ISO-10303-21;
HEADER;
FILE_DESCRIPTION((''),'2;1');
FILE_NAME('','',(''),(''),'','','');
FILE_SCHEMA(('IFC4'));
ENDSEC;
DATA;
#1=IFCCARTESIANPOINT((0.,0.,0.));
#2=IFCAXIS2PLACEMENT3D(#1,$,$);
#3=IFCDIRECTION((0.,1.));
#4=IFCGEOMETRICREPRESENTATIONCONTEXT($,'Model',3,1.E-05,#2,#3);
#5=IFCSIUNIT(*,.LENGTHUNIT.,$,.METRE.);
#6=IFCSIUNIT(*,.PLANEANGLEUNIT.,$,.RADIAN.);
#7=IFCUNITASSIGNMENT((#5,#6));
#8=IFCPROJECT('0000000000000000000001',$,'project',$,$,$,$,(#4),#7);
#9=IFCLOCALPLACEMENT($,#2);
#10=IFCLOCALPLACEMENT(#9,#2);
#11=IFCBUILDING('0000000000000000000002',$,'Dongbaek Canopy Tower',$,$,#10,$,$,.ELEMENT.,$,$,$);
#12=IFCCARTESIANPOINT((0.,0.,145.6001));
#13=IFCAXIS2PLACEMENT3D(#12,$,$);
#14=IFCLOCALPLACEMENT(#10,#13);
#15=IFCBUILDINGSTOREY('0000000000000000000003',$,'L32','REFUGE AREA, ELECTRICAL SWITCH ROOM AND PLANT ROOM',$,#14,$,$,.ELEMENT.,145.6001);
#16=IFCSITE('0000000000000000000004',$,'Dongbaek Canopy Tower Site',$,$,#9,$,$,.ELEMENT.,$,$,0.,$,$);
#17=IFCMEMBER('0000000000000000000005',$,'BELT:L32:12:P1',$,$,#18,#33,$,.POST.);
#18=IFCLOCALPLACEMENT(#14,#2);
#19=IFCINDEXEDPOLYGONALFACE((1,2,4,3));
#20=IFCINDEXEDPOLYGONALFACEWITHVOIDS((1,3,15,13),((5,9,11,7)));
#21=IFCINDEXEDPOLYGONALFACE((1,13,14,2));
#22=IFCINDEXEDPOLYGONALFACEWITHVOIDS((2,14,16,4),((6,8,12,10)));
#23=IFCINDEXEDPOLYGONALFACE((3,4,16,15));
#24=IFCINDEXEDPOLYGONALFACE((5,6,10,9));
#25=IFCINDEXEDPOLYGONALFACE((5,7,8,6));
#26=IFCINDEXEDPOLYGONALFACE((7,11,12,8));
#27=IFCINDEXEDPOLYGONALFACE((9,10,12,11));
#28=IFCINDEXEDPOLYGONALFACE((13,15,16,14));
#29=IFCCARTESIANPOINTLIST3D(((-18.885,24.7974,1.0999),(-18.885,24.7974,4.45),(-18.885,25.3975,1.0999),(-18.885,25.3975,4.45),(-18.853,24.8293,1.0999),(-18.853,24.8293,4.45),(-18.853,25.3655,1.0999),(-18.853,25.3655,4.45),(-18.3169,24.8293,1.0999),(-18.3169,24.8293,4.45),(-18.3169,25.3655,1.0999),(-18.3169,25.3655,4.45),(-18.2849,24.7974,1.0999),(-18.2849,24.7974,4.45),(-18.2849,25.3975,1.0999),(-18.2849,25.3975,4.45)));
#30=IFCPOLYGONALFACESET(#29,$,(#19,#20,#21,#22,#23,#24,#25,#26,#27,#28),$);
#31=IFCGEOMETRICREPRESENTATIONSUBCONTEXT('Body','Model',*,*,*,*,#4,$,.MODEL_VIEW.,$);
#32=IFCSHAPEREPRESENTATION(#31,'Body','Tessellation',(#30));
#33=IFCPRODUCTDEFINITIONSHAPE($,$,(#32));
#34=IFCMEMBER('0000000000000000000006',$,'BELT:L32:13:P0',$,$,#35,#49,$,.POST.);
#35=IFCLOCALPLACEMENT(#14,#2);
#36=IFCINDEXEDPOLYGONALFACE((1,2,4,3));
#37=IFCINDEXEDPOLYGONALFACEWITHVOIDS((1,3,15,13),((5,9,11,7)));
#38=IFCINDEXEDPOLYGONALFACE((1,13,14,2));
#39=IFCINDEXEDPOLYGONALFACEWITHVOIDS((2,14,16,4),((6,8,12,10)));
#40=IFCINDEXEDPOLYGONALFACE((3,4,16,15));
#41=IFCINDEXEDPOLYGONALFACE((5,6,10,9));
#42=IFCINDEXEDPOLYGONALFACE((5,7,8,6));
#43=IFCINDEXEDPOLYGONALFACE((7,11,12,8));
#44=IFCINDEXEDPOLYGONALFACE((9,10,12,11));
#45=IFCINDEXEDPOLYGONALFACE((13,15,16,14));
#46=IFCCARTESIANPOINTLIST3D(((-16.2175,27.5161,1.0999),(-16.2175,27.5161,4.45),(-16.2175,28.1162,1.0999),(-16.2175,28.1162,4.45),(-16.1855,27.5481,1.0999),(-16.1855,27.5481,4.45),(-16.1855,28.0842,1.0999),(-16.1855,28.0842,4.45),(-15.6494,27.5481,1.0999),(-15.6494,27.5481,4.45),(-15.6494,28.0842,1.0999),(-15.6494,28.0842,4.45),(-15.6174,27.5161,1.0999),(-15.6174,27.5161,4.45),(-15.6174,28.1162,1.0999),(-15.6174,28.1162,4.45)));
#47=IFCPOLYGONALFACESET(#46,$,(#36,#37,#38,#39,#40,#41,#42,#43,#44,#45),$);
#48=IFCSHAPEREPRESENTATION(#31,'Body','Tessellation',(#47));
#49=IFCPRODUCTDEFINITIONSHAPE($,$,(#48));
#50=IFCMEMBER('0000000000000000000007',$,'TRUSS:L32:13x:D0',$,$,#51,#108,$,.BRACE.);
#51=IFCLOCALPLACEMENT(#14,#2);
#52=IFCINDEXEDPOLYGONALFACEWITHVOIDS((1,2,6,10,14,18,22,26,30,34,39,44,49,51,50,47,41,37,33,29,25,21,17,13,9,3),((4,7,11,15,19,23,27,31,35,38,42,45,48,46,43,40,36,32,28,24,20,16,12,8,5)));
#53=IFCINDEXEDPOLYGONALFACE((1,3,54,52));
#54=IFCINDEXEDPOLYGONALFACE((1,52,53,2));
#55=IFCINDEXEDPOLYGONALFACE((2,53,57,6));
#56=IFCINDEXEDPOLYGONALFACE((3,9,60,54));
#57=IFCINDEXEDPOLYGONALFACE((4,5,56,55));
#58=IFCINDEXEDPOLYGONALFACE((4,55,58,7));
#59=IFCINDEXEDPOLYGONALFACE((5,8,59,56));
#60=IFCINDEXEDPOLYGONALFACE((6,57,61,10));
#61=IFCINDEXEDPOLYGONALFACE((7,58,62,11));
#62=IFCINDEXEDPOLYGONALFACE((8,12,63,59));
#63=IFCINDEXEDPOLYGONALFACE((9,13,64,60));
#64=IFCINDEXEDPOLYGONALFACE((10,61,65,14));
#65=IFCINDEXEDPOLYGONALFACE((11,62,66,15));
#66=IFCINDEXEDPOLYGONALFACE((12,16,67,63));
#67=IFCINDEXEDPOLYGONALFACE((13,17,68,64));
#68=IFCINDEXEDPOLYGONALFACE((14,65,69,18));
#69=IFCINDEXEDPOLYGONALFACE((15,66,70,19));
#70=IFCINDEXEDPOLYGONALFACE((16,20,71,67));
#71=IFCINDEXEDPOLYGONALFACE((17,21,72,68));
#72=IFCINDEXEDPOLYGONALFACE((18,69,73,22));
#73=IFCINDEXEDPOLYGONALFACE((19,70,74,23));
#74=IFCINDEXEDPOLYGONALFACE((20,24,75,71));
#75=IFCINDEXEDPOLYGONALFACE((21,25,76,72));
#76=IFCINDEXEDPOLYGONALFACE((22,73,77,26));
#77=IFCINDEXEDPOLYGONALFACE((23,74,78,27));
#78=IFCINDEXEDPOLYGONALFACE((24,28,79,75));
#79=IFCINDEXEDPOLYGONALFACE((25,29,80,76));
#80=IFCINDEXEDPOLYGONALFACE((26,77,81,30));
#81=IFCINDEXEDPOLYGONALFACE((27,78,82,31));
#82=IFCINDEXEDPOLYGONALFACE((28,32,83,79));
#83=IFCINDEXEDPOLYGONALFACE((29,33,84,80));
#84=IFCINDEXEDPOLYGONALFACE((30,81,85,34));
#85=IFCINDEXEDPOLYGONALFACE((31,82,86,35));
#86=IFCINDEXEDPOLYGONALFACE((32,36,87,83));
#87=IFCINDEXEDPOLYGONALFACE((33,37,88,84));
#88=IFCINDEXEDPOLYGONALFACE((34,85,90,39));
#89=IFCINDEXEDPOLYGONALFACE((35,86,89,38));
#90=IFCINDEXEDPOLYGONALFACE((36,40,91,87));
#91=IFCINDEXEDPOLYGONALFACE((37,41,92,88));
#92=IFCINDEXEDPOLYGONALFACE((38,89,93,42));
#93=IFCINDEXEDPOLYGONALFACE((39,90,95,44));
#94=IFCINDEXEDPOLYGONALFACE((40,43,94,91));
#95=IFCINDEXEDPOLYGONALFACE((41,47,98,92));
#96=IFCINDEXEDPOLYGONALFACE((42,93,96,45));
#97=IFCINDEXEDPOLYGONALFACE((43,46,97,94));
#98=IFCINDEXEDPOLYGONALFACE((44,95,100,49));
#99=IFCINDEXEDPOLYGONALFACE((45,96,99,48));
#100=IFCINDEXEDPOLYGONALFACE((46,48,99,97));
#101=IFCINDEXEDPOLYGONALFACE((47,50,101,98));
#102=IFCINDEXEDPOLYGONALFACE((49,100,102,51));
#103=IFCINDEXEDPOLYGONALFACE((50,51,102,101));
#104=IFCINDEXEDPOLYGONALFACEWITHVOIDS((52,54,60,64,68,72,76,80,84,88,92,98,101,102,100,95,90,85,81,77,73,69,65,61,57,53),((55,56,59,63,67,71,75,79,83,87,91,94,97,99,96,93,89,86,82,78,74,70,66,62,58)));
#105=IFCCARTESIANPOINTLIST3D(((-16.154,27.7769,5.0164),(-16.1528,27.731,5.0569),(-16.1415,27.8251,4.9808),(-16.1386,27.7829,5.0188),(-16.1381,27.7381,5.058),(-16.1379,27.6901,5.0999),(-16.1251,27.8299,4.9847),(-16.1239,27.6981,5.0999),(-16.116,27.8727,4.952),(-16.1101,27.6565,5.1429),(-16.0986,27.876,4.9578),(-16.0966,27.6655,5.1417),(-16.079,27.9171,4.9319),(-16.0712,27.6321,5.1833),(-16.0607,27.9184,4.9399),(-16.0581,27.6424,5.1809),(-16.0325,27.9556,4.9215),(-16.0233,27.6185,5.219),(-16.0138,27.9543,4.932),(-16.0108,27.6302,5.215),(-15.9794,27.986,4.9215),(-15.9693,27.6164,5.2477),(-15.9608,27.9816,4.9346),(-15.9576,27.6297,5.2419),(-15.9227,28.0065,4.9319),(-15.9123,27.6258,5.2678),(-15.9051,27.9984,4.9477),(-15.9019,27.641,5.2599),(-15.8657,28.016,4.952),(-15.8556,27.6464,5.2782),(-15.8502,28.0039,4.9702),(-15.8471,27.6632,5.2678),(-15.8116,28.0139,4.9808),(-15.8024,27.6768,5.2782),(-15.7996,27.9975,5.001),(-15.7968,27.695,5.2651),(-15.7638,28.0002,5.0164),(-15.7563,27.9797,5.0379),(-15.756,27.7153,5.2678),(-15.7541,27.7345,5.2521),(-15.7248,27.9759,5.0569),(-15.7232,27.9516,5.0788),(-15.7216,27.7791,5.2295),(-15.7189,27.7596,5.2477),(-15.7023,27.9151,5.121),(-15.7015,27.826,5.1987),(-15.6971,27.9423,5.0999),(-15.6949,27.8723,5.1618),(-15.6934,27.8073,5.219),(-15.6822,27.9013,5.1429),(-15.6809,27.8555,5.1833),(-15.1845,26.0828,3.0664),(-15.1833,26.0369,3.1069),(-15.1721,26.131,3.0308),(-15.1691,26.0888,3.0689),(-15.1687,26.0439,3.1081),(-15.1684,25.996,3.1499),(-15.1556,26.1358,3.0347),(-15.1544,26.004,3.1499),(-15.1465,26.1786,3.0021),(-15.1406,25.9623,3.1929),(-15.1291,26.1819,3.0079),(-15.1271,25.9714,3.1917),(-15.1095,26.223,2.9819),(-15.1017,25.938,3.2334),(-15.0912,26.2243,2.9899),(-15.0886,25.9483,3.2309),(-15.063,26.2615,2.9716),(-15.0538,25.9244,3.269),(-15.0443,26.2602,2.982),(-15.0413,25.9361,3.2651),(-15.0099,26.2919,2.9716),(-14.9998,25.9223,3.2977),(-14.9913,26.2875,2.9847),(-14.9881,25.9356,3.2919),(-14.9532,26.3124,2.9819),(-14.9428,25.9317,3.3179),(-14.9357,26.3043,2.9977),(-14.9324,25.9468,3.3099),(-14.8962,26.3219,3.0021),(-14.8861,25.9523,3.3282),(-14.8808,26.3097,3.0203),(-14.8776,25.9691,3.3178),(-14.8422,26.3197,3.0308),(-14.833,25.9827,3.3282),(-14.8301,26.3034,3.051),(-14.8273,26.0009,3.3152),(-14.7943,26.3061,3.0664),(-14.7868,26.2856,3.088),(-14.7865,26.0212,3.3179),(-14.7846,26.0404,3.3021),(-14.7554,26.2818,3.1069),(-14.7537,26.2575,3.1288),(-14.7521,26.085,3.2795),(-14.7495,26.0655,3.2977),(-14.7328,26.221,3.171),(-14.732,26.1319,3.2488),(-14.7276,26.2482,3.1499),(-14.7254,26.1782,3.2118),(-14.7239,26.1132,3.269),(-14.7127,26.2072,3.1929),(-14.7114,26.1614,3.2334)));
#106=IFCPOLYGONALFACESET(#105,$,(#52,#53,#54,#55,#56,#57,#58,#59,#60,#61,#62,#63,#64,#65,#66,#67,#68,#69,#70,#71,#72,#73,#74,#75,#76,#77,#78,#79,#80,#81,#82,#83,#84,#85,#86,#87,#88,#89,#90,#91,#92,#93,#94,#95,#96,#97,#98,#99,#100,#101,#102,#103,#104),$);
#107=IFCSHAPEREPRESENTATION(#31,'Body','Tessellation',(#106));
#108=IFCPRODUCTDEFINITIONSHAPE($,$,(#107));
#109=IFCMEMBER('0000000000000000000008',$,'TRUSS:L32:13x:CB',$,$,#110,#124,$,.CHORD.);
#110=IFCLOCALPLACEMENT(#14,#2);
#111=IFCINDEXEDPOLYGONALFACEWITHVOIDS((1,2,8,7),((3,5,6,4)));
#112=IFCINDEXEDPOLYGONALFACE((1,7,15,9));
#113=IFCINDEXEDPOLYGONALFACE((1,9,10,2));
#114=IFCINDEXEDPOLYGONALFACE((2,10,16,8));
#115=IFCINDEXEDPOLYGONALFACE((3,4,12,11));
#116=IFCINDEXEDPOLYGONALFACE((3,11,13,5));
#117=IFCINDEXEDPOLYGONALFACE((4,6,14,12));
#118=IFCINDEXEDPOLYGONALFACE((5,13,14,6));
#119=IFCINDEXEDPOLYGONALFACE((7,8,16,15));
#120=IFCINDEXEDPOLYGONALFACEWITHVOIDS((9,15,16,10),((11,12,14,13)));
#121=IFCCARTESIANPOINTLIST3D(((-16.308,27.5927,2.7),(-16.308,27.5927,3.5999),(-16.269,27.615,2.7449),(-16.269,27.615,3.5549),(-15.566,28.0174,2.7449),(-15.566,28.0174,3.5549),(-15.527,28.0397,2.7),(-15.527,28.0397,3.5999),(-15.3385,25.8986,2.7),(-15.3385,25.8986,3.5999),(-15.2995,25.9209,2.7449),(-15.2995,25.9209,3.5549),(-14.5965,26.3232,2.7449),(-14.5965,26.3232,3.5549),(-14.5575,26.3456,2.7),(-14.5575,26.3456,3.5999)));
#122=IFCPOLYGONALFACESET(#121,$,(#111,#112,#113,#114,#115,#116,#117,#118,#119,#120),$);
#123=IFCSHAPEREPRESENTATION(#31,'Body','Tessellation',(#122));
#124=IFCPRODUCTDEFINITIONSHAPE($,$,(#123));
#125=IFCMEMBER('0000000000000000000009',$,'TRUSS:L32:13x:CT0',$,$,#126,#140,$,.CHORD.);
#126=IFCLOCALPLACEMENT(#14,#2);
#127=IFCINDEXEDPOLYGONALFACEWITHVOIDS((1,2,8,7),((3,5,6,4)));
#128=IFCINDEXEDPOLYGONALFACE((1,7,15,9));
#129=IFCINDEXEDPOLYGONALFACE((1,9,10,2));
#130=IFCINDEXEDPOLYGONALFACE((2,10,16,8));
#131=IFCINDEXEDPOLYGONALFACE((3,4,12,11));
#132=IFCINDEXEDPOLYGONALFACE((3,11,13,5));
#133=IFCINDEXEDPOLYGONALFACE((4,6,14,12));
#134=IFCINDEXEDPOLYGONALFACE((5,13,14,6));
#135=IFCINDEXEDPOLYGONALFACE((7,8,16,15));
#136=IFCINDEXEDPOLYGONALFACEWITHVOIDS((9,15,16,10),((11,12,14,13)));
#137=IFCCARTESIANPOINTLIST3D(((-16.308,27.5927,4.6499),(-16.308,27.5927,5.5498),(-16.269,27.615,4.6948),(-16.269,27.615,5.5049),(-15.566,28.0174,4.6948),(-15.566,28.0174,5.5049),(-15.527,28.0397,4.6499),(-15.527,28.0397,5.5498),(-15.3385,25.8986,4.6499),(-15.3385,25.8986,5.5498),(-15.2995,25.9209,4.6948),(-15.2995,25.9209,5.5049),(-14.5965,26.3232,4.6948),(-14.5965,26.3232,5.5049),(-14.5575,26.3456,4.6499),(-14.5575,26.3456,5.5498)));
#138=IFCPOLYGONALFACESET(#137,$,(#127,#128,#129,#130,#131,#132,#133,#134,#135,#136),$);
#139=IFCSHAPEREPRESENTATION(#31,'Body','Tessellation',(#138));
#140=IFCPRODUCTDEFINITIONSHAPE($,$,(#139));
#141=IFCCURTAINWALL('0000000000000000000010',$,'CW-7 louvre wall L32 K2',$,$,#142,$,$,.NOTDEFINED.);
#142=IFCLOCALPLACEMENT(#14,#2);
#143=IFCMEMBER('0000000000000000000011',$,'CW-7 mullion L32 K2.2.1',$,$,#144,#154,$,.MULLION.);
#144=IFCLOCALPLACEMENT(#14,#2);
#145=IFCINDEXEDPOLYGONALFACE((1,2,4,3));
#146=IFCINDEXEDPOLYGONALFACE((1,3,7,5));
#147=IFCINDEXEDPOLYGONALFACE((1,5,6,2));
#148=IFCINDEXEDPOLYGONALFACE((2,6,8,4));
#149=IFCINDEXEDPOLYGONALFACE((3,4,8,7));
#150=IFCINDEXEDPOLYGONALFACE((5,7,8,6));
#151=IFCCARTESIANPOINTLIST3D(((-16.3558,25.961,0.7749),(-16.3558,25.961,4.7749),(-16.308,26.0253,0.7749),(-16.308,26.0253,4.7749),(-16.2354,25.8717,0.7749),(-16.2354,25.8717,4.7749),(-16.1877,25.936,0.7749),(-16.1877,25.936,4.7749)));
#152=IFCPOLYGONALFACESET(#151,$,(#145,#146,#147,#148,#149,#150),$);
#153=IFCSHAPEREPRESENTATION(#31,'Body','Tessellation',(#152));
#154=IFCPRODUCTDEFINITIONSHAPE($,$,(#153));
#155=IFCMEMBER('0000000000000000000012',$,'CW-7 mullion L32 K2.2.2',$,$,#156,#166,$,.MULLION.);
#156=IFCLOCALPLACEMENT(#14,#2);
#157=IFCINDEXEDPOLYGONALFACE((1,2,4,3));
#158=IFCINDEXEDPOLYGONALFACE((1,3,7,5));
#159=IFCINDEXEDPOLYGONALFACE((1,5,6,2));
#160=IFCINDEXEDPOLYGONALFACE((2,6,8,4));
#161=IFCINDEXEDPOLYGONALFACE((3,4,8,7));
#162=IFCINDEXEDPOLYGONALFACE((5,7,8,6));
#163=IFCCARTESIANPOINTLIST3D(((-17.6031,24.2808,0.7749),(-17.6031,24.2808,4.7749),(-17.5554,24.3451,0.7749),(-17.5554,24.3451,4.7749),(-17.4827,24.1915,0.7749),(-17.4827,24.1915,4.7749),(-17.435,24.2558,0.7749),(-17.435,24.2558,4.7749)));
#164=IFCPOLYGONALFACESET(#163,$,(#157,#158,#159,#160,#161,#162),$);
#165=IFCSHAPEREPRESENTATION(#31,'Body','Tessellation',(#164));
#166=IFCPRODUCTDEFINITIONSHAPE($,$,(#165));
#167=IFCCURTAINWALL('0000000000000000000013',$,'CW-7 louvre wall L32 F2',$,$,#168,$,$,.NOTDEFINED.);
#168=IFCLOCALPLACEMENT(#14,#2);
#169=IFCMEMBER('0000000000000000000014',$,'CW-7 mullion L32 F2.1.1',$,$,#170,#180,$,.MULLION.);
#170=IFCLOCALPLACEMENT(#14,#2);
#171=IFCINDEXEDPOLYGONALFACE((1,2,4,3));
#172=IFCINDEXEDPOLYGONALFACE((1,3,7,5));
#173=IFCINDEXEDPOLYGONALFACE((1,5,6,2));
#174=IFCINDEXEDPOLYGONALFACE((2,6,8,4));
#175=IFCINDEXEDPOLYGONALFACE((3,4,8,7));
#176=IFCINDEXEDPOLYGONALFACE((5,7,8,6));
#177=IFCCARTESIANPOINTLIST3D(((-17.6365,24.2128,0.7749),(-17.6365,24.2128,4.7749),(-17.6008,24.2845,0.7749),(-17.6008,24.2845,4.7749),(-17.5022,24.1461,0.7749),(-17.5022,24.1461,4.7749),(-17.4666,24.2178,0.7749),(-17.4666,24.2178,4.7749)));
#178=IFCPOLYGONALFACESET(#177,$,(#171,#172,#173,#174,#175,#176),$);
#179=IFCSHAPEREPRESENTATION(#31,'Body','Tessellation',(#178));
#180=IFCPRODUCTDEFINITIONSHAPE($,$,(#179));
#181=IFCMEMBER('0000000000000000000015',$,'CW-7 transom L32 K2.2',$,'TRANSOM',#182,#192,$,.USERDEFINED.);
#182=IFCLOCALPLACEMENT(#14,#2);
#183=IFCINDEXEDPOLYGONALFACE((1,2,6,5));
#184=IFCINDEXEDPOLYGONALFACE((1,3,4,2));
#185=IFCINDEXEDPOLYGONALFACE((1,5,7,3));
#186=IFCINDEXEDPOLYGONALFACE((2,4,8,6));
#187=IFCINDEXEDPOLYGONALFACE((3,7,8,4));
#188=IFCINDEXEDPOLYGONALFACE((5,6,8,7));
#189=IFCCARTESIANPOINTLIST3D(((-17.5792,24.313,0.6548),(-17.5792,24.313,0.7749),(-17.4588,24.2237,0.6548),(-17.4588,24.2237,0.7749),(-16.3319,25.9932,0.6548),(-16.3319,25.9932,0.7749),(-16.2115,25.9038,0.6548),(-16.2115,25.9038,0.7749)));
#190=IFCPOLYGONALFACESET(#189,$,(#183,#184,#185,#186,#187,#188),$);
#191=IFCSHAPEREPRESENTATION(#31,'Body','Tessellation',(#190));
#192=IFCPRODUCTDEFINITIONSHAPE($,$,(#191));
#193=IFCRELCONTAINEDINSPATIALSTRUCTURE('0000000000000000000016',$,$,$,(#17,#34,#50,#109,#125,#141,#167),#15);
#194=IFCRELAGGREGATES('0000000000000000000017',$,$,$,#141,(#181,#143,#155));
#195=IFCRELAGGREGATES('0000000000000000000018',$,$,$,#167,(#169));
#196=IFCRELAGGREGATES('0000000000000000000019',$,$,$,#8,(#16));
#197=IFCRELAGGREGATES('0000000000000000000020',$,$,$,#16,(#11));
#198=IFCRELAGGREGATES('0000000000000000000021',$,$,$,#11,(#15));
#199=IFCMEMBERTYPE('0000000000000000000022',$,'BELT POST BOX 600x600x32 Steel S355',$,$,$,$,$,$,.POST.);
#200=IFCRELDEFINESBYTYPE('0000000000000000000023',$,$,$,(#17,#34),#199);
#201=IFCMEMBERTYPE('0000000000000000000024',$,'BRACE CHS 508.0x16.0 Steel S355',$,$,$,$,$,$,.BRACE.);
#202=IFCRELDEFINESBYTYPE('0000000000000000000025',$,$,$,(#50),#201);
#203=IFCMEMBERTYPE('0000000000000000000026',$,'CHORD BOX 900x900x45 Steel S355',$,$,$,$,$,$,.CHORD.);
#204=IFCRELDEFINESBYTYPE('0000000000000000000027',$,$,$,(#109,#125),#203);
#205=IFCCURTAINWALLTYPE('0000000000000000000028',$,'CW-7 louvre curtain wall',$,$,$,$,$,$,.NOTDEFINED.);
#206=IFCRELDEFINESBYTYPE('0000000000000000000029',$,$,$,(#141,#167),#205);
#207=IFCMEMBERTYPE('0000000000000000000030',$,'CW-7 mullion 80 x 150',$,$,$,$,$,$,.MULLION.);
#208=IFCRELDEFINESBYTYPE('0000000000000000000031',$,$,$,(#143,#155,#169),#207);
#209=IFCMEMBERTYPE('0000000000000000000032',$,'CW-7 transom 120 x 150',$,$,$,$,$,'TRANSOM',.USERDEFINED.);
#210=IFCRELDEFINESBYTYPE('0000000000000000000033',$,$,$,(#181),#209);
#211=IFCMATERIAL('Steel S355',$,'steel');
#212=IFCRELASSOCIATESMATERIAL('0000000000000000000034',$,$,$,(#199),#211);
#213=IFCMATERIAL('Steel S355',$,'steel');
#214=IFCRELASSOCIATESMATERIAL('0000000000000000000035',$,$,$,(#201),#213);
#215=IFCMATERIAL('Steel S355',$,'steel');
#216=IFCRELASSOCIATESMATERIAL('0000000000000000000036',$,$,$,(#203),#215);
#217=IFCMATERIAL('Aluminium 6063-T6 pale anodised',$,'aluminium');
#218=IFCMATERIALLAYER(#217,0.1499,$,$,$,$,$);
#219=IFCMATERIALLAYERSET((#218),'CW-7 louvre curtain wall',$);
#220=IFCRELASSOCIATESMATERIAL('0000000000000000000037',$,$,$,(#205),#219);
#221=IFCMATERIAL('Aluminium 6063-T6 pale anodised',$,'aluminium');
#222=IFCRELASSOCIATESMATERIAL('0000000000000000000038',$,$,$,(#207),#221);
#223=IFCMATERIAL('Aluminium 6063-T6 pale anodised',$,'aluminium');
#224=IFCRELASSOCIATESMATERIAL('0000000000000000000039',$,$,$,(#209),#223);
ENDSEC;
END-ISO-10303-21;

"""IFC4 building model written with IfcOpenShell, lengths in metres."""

from ifc_helpers import new_model, si_unit, direction, frame, origin, origin_2d, place, context, subcontext, project, spatial, rectangle, hollow_rectangle, hollow_circle, extrude, material, layer, layer_set, material_profile, profile_set, type_object, element, aggregate, save


model = new_model("IFC4")

# Units and contexts
model_context = context("Model", 3, precision=1e-05, world=origin(), true_north=direction((0.0, 1.0)))
body_context = subcontext(model_context, "Body", "Model", "MODEL_VIEW")
ifc_project = project(units=[si_unit("LENGTHUNIT", "METRE"), si_unit("PLANEANGLEUNIT", "RADIAN")], contexts=[model_context])

# Site, building, storey
site_placement = place(None, origin())
site = spatial("IfcSite", under=ifc_project, at=site_placement, Name="Dongbaek Canopy Tower Site", CompositionType="ELEMENT", RefElevation=0.0)
building_placement = place(site_placement, origin())
building = spatial("IfcBuilding", under=site, at=building_placement, Name="Dongbaek Canopy Tower", CompositionType="ELEMENT")
storey_placement = place(building_placement, frame((0.0, 0.0, 145.6001)))
storey = spatial("IfcBuildingStorey", under=building, at=storey_placement, Name="L32", Description="REFUGE AREA, ELECTRICAL SWITCH ROOM AND PLANT ROOM", CompositionType="ELEMENT", Elevation=145.6001)

# Members
ifc_material_1 = material(Name="Steel S355", Category="steel")
ifc_material_profile_1 = material_profile(ifc_material_1, hollow_rectangle(XDim=0.6001, YDim=0.6001, WallThickness=0.032, at=origin_2d()), Name="BELT POST BOX 600x600x32 Steel S355")
ifc_profile_set_1 = profile_set([ifc_material_profile_1], Name="Steel S355")
member_type_1 = type_object("IfcMemberType", Name="BELT POST BOX 600x600x32 Steel S355", PredefinedType="POST", material=ifc_profile_set_1)
for number, where, z_axis, x_axis, name in (
    (1, (-18.585, 25.0974, 1.0999), (0.0, 0.0, 1.0), (1.0, 0.0, 0.0), "BELT:L32:12:P1"),
    (2, (-15.9175, 27.8162, 1.0999), (0.0, 0.0, 1.0), (1.0, 0.0, 0.0), "BELT:L32:13:P0"),
):
    element("IfcMember", number, at=place(storey_placement, frame(where, z_axis=z_axis, x_axis=x_axis)), inside=storey, type_object=member_type_1, Name=name, PredefinedType="POST", context=body_context, shape_type="SweptSolid", body=[
        extrude(hollow_rectangle(XDim=0.6001, YDim=0.6001, WallThickness=0.032, at=origin_2d()), origin(), (0.0, 0.0, 1.0), 3.3501),
    ])
ifc_material_2 = material(Name="Steel S355", Category="steel")
ifc_material_profile_2 = material_profile(ifc_material_2, hollow_circle(Radius=0.2539, WallThickness=0.0161, at=origin_2d()), Name="BRACE CHS 508.0x16.0 Steel S355")
ifc_profile_set_2 = profile_set([ifc_material_profile_2], Name="Steel S355")
member_type_2 = type_object("IfcMemberType", Name="BRACE CHS 508.0x16.0 Steel S355", PredefinedType="BRACE", material=ifc_profile_set_2)
member_1_placement = place(storey_placement, frame((-14.948, 26.1221, 3.1499), z_axis=(-0.351387, 0.614021, 0.706757), x_axis=(-0.867927, -0.496691, 0.0)))
element("IfcMember", 3, at=member_1_placement, inside=storey, type_object=member_type_2, Name="TRUSS:L32:13x:D0", PredefinedType="BRACE", context=body_context, shape_type="SweptSolid", body=[
    extrude(hollow_circle(Radius=0.2539, WallThickness=0.0161, at=origin_2d()), origin(), (0.0, 0.0, 1.0), 2.759),
])
ifc_material_3 = material(Name="Steel S355", Category="steel")
ifc_material_profile_3 = material_profile(ifc_material_3, hollow_rectangle(XDim=0.8999, YDim=0.8999, WallThickness=0.0449, at=origin_2d()), Name="CHORD BOX 900x900x45 Steel S355")
ifc_profile_set_3 = profile_set([ifc_material_profile_3], Name="Steel S355")
member_type_3 = type_object("IfcMemberType", Name="CHORD BOX 900x900x45 Steel S355", PredefinedType="CHORD", material=ifc_profile_set_3)
for number, where, z_axis, x_axis, name in (
    (4, (-14.948, 26.1221, 3.1499), (-0.496691, 0.867927, 0.0), (-0.867927, -0.496691, 0.0), "TRUSS:L32:13x:CB"),
    (5, (-14.948, 26.1221, 5.0999), (-0.496691, 0.867927, 0.0), (-0.867927, -0.496691, 0.0), "TRUSS:L32:13x:CT0"),
):
    element("IfcMember", number, at=place(storey_placement, frame(where, z_axis=z_axis, x_axis=x_axis)), inside=storey, type_object=member_type_3, Name=name, PredefinedType="CHORD", context=body_context, shape_type="SweptSolid", body=[
        extrude(hollow_rectangle(XDim=0.8999, YDim=0.8999, WallThickness=0.0449, at=origin_2d()), origin(), (0.0, 0.0, 1.0), 1.9519),
    ])

# Curtain wall, members
ifc_material_4 = material(Name="Aluminium 6063-T6 pale anodised", Category="aluminium")
ifc_layer_1 = layer(ifc_material_4, 0.1499)
ifc_layer_set_1 = layer_set([ifc_layer_1], Name="CW-7 louvre curtain wall")
curtain_wall_type = type_object("IfcCurtainWallType", Name="CW-7 louvre curtain wall", PredefinedType="NOTDEFINED", material=ifc_layer_set_1)
curtain_wall_1_placement = place(storey_placement, origin())
curtain_wall_1 = element("IfcCurtainWall", 6, at=curtain_wall_1_placement, inside=storey, type_object=curtain_wall_type, Name="CW-7 louvre wall L32 K2", PredefinedType="NOTDEFINED")
ifc_material_5 = material(Name="Aluminium 6063-T6 pale anodised", Category="aluminium")
ifc_material_profile_4 = material_profile(ifc_material_5, rectangle(XDim=0.1499, YDim=0.0801, at=origin_2d()), Name="CW-7 mullion 80 x 150")
ifc_profile_set_4 = profile_set([ifc_material_profile_4], Name="Aluminium 6063-T6 pale anodised")
member_type_4 = type_object("IfcMemberType", Name="CW-7 mullion 80 x 150", PredefinedType="MULLION", material=ifc_profile_set_4)
member_2_placement = place(storey_placement, frame((-16.2717, 25.9485, 0.7749), z_axis=(0.0, 0.0, 1.0), x_axis=(-0.802901, 0.596112, 0.0)))
member_2 = element("IfcMember", 7, at=member_2_placement, type_object=member_type_4, Name="CW-7 mullion L32 K2.2.1", PredefinedType="MULLION", context=body_context, shape_type="SweptSolid", body=[
    extrude(rectangle(XDim=0.1499, YDim=0.0801, at=origin_2d()), origin(), (0.0, 0.0, 1.0), 4.0),
])
member_3_placement = place(storey_placement, frame((-17.519, 24.2683, 0.7749), z_axis=(0.0, 0.0, 1.0), x_axis=(-0.802901, 0.596112, 0.0)))
member_3 = element("IfcMember", 8, at=member_3_placement, type_object=member_type_4, Name="CW-7 mullion L32 K2.2.2", PredefinedType="MULLION", context=body_context, shape_type="SweptSolid", body=[
    extrude(rectangle(XDim=0.1499, YDim=0.0801, at=origin_2d()), origin(), (0.0, 0.0, 1.0), 4.0),
])

# Curtain wall, member
curtain_wall_2_placement = place(storey_placement, origin())
curtain_wall_2 = element("IfcCurtainWall", 9, at=curtain_wall_2_placement, inside=storey, type_object=curtain_wall_type, Name="CW-7 louvre wall L32 F2", PredefinedType="NOTDEFINED")
member_4_placement = place(storey_placement, frame((-17.5515, 24.2153, 0.7749), z_axis=(0.0, 0.0, 1.0), x_axis=(-0.895566, 0.444929, 0.0)))
member_4 = element("IfcMember", 10, at=member_4_placement, type_object=member_type_4, Name="CW-7 mullion L32 F2.1.1", PredefinedType="MULLION", context=body_context, shape_type="SweptSolid", body=[
    extrude(rectangle(XDim=0.1499, YDim=0.0801, at=origin_2d()), origin(), (0.0, 0.0, 1.0), 4.0),
])

# Member
ifc_material_6 = material(Name="Aluminium 6063-T6 pale anodised", Category="aluminium")
ifc_material_profile_5 = material_profile(ifc_material_6, rectangle(XDim=0.1499, YDim=0.1201, at=origin_2d()), Name="CW-7 transom 120 x 150")
ifc_profile_set_5 = profile_set([ifc_material_profile_5], Name="Aluminium 6063-T6 pale anodised")
member_type_5 = type_object("IfcMemberType", Name="CW-7 transom 120 x 150", ElementType="TRANSOM", PredefinedType="USERDEFINED", material=ifc_profile_set_5)
member_5_placement = place(storey_placement, frame((-16.2717, 25.9485, 0.7148), z_axis=(-0.596073, -0.802931, 0.0), x_axis=(0.802931, -0.596073, 0.0)))
member_5 = element("IfcMember", 11, at=member_5_placement, type_object=member_type_5, Name="CW-7 transom L32 K2.2", ObjectType="TRANSOM", PredefinedType="USERDEFINED", context=body_context, shape_type="SweptSolid", body=[
    extrude(rectangle(XDim=0.1499, YDim=0.1201, at=origin_2d()), origin(), (0.0, 0.0, 1.0), 2.0925),
])

aggregate(curtain_wall_1, [member_5, member_2, member_3])
aggregate(curtain_wall_2, [member_4])

save(model, "model.ifc")
